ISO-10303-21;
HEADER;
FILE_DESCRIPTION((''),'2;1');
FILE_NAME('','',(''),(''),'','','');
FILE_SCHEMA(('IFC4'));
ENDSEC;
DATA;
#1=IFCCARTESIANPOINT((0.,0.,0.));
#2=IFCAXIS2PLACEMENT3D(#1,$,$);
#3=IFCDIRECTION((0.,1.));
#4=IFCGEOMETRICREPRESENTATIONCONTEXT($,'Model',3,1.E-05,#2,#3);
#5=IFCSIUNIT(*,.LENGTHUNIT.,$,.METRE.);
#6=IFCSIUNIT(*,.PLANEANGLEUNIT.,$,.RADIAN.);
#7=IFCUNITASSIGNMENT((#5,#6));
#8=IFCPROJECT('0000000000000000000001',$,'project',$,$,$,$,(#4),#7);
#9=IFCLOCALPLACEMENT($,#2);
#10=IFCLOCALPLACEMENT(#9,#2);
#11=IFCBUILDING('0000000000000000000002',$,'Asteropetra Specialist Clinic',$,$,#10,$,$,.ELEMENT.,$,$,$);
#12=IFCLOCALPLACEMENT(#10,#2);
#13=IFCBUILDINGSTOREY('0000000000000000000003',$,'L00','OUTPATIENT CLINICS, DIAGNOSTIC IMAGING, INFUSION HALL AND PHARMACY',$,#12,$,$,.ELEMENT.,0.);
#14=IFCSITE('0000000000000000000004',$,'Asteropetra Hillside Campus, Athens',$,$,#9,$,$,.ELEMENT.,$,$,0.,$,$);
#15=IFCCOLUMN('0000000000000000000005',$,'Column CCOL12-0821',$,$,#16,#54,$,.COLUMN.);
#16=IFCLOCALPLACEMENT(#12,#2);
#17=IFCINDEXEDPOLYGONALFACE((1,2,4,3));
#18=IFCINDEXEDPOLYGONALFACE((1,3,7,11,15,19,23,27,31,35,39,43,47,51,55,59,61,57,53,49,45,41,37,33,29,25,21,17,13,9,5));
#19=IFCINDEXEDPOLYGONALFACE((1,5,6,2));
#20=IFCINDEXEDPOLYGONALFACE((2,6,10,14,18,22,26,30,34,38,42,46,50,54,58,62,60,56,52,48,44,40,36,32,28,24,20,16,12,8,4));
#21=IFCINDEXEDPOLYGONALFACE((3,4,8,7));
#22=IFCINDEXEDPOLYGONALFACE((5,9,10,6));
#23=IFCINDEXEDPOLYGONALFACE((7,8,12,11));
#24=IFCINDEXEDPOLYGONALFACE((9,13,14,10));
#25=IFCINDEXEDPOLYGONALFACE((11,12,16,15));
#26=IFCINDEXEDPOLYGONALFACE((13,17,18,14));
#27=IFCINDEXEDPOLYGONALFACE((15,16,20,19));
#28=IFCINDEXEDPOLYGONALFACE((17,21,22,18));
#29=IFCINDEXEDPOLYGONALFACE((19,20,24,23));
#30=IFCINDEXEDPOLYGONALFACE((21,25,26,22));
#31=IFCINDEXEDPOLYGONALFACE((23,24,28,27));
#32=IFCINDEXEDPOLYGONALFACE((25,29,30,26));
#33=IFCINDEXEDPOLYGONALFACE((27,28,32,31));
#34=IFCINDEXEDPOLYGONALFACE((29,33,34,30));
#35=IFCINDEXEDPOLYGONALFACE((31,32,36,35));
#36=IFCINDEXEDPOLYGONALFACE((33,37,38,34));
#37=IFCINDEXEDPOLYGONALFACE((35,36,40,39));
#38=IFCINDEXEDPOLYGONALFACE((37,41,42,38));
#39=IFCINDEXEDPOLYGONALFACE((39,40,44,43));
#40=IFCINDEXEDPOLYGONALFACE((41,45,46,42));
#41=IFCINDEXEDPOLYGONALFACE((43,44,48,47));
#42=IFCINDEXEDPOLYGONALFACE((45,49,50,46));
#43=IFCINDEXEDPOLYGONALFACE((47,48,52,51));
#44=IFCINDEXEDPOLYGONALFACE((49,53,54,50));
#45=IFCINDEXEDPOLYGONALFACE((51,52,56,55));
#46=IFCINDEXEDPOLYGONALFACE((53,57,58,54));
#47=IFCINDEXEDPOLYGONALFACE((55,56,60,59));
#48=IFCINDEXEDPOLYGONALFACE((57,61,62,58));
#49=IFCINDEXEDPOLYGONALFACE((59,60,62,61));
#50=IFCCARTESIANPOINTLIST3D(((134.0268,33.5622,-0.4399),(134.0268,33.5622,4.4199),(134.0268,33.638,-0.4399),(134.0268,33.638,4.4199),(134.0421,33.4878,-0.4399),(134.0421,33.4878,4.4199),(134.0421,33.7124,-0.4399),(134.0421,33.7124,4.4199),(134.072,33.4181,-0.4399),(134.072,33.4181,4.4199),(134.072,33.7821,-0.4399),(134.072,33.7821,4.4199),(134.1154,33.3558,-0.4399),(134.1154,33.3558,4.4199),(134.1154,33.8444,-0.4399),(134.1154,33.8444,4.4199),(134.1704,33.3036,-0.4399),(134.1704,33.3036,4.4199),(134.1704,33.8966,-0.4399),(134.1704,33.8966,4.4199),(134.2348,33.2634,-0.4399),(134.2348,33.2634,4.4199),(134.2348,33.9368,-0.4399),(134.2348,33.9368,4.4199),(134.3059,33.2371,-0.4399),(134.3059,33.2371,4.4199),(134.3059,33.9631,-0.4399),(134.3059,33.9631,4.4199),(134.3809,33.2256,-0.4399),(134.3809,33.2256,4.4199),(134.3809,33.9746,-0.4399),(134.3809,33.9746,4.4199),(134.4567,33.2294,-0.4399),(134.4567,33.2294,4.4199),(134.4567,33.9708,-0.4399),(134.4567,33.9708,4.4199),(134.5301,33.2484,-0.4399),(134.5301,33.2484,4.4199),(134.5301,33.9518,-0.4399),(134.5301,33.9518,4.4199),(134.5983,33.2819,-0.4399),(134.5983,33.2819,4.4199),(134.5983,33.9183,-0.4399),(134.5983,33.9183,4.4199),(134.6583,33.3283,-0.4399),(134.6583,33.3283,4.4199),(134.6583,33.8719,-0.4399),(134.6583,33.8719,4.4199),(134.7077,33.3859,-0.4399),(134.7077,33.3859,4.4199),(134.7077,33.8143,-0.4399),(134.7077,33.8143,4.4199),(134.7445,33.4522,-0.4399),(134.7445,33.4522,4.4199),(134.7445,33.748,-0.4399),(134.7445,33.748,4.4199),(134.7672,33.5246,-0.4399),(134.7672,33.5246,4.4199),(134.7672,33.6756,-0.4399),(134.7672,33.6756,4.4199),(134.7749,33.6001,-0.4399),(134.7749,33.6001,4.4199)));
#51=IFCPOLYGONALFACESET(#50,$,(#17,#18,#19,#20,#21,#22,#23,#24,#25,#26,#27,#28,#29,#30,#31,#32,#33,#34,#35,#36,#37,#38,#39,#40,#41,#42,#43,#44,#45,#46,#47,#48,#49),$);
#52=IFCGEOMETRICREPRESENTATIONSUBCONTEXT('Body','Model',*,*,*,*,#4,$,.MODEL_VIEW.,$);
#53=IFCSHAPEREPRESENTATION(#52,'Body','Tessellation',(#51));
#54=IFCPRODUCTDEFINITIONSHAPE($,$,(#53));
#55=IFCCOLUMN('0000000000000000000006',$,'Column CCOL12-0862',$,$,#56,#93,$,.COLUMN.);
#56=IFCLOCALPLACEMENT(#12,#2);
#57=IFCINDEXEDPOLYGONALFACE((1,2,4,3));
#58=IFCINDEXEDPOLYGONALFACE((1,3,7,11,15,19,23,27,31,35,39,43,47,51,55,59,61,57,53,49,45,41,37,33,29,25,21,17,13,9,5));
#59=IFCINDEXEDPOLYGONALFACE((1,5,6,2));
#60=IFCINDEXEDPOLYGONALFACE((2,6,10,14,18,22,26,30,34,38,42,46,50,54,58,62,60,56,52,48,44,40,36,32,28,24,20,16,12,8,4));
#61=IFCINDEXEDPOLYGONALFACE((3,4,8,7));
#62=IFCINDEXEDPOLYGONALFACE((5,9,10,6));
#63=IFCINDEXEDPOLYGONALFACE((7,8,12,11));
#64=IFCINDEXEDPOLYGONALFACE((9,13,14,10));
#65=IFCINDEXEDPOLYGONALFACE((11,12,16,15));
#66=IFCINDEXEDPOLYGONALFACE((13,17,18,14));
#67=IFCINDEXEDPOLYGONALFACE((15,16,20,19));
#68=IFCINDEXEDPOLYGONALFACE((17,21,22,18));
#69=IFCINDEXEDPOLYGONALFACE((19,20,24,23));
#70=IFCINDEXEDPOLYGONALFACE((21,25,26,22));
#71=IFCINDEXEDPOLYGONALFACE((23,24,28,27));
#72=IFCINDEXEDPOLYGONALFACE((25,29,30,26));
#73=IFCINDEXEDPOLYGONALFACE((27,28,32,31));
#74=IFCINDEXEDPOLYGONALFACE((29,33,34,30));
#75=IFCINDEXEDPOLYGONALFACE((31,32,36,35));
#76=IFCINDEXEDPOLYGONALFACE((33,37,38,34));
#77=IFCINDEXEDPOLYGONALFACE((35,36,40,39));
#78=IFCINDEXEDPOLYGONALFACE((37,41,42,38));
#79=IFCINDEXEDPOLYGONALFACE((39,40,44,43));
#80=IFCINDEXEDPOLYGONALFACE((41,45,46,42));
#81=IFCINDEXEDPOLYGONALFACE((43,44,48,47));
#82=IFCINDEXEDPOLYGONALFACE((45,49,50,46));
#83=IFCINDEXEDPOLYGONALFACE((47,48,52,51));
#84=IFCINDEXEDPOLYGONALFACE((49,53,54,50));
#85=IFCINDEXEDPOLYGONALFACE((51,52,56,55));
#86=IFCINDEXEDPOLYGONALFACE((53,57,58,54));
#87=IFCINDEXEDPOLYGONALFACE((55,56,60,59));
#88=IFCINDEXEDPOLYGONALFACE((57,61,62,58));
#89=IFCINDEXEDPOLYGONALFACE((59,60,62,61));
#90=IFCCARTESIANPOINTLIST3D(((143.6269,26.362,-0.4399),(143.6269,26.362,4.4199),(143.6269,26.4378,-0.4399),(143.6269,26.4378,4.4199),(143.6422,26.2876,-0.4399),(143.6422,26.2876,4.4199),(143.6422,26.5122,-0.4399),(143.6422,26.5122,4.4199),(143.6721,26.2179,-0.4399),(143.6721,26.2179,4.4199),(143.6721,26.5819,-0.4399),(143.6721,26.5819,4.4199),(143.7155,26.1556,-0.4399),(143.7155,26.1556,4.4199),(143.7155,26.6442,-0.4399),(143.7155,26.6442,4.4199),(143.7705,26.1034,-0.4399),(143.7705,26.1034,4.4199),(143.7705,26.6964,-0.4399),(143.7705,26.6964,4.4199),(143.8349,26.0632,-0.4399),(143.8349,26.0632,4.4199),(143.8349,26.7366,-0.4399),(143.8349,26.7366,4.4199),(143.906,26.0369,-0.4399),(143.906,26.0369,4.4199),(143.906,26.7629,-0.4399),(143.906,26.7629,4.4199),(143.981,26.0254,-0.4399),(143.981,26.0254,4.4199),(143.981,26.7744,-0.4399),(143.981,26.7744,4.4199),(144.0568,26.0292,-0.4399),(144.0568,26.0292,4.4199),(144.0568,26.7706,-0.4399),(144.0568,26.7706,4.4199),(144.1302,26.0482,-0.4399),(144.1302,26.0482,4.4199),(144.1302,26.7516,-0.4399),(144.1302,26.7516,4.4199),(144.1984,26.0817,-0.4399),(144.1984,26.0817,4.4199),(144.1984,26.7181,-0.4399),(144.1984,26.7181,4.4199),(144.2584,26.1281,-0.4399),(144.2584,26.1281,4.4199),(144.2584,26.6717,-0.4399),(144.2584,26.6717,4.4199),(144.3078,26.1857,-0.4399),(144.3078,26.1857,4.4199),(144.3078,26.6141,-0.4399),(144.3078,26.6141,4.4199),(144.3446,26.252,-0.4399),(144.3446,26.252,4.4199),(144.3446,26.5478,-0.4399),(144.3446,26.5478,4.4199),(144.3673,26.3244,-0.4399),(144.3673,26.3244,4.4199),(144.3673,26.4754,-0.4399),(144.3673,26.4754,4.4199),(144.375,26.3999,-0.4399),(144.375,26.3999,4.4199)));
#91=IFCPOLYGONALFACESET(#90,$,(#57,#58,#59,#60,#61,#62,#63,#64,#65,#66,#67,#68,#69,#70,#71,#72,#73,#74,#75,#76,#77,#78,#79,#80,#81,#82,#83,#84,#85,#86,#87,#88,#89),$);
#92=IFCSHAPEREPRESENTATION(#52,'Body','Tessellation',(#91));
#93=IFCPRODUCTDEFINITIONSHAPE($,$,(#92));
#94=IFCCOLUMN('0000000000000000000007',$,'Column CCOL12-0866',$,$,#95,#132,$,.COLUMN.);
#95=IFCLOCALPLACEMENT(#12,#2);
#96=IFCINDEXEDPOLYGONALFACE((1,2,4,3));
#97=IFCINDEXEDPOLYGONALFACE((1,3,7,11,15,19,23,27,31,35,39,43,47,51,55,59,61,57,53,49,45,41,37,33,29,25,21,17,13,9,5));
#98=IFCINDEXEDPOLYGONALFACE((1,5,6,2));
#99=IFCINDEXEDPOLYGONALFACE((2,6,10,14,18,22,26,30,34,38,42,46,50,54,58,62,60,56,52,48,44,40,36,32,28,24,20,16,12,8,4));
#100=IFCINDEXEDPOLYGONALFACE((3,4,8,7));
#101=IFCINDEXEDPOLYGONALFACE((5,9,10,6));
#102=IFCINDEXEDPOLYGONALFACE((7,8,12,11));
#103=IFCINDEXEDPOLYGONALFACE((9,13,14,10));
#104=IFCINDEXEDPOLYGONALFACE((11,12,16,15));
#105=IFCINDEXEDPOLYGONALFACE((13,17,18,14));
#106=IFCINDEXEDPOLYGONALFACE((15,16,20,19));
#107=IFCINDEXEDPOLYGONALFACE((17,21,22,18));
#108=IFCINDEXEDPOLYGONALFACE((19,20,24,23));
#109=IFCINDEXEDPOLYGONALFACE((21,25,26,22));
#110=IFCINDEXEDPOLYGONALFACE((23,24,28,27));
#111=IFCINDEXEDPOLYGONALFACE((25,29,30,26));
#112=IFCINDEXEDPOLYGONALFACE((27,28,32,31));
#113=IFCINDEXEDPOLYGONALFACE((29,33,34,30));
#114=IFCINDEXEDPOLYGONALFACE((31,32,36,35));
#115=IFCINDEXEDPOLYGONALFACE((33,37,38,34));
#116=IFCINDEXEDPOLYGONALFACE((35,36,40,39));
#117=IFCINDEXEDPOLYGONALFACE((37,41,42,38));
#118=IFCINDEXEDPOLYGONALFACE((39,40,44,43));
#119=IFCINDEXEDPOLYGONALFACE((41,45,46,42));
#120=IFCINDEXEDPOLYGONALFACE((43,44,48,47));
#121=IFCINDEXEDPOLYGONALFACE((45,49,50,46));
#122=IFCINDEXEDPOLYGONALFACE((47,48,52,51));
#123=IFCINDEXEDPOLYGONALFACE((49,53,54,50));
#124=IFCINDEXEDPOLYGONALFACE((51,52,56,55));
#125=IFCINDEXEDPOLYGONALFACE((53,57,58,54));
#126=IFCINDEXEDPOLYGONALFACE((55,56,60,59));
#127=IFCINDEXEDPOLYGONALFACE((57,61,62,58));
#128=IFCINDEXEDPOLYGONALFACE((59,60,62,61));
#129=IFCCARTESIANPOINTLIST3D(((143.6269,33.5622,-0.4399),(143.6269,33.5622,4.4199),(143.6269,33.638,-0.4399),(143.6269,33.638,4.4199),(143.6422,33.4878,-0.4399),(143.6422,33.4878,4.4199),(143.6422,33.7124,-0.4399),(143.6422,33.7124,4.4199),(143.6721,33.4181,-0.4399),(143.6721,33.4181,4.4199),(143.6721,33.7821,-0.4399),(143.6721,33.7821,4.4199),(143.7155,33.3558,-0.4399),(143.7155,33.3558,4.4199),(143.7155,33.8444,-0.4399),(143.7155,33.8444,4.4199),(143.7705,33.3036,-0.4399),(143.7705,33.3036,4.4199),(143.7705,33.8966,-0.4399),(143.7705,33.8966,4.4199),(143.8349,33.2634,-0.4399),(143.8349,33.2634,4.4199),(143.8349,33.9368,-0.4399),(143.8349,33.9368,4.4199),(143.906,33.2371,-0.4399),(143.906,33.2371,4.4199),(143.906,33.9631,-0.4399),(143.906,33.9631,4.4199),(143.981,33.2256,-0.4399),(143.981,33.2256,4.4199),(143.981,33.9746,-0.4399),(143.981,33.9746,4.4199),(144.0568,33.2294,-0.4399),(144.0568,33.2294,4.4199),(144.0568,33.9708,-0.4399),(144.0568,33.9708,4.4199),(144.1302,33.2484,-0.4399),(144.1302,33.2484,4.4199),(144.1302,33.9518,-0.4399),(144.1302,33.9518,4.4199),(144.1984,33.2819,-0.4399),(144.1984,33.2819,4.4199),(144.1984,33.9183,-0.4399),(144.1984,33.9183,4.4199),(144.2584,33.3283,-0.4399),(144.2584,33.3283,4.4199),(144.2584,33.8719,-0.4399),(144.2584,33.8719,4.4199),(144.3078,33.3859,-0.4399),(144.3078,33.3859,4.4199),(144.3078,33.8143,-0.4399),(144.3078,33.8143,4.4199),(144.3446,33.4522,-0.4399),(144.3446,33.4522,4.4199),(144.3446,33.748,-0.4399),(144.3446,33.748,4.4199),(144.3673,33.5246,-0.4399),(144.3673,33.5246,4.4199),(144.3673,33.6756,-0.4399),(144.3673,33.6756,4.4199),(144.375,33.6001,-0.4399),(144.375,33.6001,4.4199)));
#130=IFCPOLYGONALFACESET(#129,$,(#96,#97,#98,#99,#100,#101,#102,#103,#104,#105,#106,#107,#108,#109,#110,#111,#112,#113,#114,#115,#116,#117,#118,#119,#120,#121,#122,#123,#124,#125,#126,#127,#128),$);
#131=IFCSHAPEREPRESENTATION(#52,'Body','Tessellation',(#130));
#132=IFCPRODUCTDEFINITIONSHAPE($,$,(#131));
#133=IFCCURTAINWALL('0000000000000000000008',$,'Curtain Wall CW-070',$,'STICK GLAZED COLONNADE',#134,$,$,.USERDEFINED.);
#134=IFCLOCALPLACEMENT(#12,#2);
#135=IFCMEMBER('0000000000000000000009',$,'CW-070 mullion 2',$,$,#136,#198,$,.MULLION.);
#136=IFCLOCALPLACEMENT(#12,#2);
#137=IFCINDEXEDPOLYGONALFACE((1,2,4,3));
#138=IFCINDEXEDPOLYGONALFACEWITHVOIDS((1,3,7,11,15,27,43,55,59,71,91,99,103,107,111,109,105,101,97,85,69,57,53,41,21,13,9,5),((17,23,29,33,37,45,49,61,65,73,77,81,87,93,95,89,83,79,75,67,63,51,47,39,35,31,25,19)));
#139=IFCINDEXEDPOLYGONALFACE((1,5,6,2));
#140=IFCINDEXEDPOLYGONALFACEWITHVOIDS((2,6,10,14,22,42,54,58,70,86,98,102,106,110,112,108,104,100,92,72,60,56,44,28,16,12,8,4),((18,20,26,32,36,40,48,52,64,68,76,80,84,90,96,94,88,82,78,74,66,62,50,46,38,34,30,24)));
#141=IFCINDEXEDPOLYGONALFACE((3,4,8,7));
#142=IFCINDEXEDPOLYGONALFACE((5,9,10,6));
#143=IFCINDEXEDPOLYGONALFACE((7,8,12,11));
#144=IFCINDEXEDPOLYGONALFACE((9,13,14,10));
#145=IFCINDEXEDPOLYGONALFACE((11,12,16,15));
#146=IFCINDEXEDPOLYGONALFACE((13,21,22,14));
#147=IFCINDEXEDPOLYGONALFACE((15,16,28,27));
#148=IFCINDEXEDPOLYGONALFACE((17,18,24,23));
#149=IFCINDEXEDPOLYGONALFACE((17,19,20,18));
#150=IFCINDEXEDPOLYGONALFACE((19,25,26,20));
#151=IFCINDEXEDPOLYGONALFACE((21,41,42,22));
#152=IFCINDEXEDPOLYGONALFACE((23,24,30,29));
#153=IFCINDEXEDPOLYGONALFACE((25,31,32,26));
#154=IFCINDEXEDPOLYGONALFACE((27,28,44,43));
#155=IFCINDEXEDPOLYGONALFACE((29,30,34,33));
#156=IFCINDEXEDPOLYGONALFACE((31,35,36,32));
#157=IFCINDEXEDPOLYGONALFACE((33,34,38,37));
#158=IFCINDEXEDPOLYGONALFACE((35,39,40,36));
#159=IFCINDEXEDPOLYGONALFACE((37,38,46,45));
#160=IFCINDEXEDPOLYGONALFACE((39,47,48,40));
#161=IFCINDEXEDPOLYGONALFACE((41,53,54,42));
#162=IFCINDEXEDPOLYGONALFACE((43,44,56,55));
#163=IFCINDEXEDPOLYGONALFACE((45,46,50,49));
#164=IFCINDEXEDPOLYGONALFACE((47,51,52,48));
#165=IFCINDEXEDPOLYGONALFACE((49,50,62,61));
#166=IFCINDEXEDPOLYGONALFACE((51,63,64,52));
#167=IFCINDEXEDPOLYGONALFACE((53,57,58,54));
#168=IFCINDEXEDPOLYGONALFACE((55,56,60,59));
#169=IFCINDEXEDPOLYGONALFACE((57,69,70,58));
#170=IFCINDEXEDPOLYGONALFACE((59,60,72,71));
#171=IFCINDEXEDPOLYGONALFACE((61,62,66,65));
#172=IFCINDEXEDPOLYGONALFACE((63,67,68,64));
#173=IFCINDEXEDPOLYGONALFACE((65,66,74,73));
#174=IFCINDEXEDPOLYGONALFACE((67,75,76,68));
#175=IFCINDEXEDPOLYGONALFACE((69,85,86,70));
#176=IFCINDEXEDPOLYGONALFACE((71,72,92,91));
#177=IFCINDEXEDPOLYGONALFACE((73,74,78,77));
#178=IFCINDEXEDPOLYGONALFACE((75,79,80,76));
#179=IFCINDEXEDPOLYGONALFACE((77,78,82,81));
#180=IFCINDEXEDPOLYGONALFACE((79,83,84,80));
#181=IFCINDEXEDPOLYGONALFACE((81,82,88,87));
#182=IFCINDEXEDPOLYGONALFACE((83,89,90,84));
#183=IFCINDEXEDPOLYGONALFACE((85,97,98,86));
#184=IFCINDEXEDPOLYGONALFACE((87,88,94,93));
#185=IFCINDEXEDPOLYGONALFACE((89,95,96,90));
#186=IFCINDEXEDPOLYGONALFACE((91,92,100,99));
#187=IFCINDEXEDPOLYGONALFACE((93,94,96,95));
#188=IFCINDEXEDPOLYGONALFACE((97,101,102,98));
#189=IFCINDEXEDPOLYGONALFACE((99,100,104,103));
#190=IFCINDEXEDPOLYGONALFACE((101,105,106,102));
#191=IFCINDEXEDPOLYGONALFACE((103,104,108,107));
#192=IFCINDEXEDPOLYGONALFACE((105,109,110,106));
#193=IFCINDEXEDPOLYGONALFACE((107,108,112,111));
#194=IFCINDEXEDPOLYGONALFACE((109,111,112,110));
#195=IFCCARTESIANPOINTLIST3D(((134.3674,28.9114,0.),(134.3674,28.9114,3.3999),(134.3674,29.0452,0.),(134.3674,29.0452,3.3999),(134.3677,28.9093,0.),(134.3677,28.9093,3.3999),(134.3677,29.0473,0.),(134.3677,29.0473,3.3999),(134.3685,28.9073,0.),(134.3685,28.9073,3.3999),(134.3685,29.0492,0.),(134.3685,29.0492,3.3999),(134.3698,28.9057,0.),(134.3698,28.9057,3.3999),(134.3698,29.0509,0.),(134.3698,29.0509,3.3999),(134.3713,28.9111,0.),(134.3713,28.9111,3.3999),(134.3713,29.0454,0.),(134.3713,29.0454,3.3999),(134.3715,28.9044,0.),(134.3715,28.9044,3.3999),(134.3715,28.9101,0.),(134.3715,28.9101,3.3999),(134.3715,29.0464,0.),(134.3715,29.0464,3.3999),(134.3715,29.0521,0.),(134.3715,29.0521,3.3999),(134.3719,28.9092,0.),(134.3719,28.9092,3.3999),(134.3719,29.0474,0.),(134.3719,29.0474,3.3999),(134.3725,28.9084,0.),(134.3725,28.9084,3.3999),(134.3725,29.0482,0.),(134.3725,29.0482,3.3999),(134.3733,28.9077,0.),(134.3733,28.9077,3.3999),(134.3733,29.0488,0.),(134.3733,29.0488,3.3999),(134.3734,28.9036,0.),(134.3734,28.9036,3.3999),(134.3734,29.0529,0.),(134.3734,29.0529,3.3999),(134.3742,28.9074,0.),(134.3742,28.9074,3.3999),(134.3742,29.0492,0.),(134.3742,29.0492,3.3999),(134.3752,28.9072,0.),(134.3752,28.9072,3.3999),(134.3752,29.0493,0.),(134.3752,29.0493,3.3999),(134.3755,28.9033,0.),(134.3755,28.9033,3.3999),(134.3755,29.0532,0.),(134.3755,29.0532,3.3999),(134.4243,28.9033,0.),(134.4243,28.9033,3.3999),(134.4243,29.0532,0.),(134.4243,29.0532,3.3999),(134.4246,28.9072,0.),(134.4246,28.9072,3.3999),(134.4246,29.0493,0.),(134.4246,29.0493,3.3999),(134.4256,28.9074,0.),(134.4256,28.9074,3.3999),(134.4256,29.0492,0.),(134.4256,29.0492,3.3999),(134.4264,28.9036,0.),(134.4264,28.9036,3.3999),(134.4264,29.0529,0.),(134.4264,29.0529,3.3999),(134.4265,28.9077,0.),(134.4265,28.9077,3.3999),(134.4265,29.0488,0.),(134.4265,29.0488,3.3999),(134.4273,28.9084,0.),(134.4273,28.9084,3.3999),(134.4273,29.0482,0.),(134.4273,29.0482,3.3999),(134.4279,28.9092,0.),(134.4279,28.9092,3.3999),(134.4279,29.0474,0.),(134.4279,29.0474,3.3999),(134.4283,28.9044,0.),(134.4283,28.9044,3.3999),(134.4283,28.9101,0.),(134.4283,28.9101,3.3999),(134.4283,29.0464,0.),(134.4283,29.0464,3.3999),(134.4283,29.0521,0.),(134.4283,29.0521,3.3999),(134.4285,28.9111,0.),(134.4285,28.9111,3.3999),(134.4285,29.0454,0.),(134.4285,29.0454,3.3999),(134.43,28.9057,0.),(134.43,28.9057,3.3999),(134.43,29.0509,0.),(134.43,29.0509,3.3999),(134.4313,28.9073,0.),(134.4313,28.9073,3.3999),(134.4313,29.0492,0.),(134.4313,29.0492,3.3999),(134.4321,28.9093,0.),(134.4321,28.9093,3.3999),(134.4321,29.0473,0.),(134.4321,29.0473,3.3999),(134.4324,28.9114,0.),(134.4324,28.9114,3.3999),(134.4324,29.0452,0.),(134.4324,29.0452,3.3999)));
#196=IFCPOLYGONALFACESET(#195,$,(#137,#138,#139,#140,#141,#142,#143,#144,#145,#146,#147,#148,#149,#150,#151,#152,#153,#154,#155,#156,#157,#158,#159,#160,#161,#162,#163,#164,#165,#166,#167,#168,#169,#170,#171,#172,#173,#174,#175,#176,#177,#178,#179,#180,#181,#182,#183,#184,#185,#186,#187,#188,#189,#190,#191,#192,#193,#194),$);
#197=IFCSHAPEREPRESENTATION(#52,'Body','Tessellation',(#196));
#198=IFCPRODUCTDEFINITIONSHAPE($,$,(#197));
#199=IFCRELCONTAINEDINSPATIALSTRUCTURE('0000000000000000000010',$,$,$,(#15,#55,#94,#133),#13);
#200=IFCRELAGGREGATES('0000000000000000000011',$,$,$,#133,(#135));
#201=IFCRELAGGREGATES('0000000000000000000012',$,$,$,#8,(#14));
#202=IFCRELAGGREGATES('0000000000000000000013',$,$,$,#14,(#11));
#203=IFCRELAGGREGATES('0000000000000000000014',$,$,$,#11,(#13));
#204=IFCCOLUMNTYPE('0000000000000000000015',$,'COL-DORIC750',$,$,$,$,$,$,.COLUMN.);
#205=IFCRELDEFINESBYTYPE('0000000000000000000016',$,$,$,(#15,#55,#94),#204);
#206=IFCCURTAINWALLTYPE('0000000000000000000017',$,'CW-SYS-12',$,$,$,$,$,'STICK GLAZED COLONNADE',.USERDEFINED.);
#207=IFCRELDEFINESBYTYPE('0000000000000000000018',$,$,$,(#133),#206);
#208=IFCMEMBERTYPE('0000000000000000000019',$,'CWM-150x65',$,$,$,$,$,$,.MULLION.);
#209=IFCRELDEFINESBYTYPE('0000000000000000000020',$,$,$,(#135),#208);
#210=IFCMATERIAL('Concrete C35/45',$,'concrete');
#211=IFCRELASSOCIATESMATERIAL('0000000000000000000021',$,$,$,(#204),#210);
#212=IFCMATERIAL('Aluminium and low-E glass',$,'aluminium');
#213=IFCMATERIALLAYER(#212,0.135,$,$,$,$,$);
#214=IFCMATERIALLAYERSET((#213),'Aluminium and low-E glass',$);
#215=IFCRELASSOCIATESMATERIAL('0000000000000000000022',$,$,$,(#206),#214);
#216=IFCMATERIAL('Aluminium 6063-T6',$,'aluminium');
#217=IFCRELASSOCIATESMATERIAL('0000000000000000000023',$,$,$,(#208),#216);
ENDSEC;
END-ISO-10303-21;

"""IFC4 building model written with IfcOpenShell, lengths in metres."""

from ifc_helpers import new_model, si_unit, direction, frame, origin, origin_2d, place, context, subcontext, project, spatial, hollow_rectangle, circle, extrude, material, layer, layer_set, material_profile, profile_set, type_object, element, aggregate, save


model = new_model("IFC4")

# Units and contexts
model_context = context("Model", 3, precision=1e-05, world=origin(), true_north=direction((0.0, 1.0)))
body_context = subcontext(model_context, "Body", "Model", "MODEL_VIEW")
ifc_project = project(units=[si_unit("LENGTHUNIT", "METRE"), si_unit("PLANEANGLEUNIT", "RADIAN")], contexts=[model_context])

# Site, building, storey
site_placement = place(None, origin())
site = spatial("IfcSite", under=ifc_project, at=site_placement, Name="Asteropetra Hillside Campus, Athens", CompositionType="ELEMENT", RefElevation=0.0)
building_placement = place(site_placement, origin())
building = spatial("IfcBuilding", under=site, at=building_placement, Name="Asteropetra Specialist Clinic", CompositionType="ELEMENT")
storey_placement = place(building_placement, origin())
storey = spatial("IfcBuildingStorey", under=building, at=storey_placement, Name="L00", Description="OUTPATIENT CLINICS, DIAGNOSTIC IMAGING, INFUSION HALL AND PHARMACY", CompositionType="ELEMENT", Elevation=0.0)

# Columns
ifc_material_1 = material(Name="Concrete C35/45", Category="concrete")
ifc_material_profile_1 = material_profile(ifc_material_1, circle(Radius=0.375, at=origin_2d()), Name="RCC D750")
ifc_profile_set_1 = profile_set([ifc_material_profile_1], Name="Concrete C35/45")
column_type = type_object("IfcColumnType", Name="COL-DORIC750", PredefinedType="COLUMN", material=ifc_profile_set_1)
for number, where, z_axis, x_axis, name in (
    (1, (134.3999, 33.6001, -0.4399), (0.0, 0.0, 1.0), (1.0, 0.0, 0.0), "Column CCOL12-0821"),
    (2, (144.0, 26.3999, -0.4399), (0.0, 0.0, 1.0), (1.0, 0.0, 0.0), "Column CCOL12-0862"),
    (3, (144.0, 33.6001, -0.4399), (0.0, 0.0, 1.0), (1.0, 0.0, 0.0), "Column CCOL12-0866"),
):
    element("IfcColumn", number, at=place(storey_placement, frame(where, z_axis=z_axis, x_axis=x_axis)), inside=storey, type_object=column_type, Name=name, PredefinedType="COLUMN", context=body_context, shape_type="SweptSolid", body=[
        extrude(circle(Radius=0.375, at=origin_2d()), origin(), (0.0, 0.0, 1.0), 4.8599),
    ])

# Curtain wall, member
ifc_material_2 = material(Name="Aluminium and low-E glass", Category="aluminium")
ifc_layer_1 = layer(ifc_material_2, 0.135)
ifc_layer_set_1 = layer_set([ifc_layer_1], Name="Aluminium and low-E glass")
curtain_wall_type = type_object("IfcCurtainWallType", Name="CW-SYS-12", ElementType="STICK GLAZED COLONNADE", PredefinedType="USERDEFINED", material=ifc_layer_set_1)
curtain_wall_placement = place(storey_placement, origin())
curtain_wall = element("IfcCurtainWall", 4, at=curtain_wall_placement, inside=storey, type_object=curtain_wall_type, Name="Curtain Wall CW-070", ObjectType="STICK GLAZED COLONNADE", PredefinedType="USERDEFINED")
ifc_material_3 = material(Name="Aluminium 6063-T6", Category="aluminium")
ifc_material_profile_2 = material_profile(ifc_material_3, hollow_rectangle(XDim=0.0649, YDim=0.1499, WallThickness=0.0039, InnerFilletRadius=0.0039, OuterFilletRadius=0.0081, at=origin_2d()), Name="MUL 150x65x4.0")
ifc_profile_set_2 = profile_set([ifc_material_profile_2], Name="Aluminium 6063-T6")
member_type_1 = type_object("IfcMemberType", Name="CWM-150x65", PredefinedType="MULLION", material=ifc_profile_set_2)
member_1_placement = place(storey_placement, frame((134.3999, 28.9783, 0.0), z_axis=(0.0, 0.0, 1.0), x_axis=(-1.0, 0.0, 0.0)))
member_1 = element("IfcMember", 5, at=member_1_placement, type_object=member_type_1, Name="CW-070 mullion 2", PredefinedType="MULLION", context=body_context, shape_type="SweptSolid", body=[
    extrude(hollow_rectangle(XDim=0.0649, YDim=0.1499, WallThickness=0.0039, InnerFilletRadius=0.0039, OuterFilletRadius=0.0081, at=origin_2d()), origin(), (0.0, 0.0, 1.0), 3.3999),
])
aggregate(curtain_wall, [member_1])

save(model, "model.ifc")
